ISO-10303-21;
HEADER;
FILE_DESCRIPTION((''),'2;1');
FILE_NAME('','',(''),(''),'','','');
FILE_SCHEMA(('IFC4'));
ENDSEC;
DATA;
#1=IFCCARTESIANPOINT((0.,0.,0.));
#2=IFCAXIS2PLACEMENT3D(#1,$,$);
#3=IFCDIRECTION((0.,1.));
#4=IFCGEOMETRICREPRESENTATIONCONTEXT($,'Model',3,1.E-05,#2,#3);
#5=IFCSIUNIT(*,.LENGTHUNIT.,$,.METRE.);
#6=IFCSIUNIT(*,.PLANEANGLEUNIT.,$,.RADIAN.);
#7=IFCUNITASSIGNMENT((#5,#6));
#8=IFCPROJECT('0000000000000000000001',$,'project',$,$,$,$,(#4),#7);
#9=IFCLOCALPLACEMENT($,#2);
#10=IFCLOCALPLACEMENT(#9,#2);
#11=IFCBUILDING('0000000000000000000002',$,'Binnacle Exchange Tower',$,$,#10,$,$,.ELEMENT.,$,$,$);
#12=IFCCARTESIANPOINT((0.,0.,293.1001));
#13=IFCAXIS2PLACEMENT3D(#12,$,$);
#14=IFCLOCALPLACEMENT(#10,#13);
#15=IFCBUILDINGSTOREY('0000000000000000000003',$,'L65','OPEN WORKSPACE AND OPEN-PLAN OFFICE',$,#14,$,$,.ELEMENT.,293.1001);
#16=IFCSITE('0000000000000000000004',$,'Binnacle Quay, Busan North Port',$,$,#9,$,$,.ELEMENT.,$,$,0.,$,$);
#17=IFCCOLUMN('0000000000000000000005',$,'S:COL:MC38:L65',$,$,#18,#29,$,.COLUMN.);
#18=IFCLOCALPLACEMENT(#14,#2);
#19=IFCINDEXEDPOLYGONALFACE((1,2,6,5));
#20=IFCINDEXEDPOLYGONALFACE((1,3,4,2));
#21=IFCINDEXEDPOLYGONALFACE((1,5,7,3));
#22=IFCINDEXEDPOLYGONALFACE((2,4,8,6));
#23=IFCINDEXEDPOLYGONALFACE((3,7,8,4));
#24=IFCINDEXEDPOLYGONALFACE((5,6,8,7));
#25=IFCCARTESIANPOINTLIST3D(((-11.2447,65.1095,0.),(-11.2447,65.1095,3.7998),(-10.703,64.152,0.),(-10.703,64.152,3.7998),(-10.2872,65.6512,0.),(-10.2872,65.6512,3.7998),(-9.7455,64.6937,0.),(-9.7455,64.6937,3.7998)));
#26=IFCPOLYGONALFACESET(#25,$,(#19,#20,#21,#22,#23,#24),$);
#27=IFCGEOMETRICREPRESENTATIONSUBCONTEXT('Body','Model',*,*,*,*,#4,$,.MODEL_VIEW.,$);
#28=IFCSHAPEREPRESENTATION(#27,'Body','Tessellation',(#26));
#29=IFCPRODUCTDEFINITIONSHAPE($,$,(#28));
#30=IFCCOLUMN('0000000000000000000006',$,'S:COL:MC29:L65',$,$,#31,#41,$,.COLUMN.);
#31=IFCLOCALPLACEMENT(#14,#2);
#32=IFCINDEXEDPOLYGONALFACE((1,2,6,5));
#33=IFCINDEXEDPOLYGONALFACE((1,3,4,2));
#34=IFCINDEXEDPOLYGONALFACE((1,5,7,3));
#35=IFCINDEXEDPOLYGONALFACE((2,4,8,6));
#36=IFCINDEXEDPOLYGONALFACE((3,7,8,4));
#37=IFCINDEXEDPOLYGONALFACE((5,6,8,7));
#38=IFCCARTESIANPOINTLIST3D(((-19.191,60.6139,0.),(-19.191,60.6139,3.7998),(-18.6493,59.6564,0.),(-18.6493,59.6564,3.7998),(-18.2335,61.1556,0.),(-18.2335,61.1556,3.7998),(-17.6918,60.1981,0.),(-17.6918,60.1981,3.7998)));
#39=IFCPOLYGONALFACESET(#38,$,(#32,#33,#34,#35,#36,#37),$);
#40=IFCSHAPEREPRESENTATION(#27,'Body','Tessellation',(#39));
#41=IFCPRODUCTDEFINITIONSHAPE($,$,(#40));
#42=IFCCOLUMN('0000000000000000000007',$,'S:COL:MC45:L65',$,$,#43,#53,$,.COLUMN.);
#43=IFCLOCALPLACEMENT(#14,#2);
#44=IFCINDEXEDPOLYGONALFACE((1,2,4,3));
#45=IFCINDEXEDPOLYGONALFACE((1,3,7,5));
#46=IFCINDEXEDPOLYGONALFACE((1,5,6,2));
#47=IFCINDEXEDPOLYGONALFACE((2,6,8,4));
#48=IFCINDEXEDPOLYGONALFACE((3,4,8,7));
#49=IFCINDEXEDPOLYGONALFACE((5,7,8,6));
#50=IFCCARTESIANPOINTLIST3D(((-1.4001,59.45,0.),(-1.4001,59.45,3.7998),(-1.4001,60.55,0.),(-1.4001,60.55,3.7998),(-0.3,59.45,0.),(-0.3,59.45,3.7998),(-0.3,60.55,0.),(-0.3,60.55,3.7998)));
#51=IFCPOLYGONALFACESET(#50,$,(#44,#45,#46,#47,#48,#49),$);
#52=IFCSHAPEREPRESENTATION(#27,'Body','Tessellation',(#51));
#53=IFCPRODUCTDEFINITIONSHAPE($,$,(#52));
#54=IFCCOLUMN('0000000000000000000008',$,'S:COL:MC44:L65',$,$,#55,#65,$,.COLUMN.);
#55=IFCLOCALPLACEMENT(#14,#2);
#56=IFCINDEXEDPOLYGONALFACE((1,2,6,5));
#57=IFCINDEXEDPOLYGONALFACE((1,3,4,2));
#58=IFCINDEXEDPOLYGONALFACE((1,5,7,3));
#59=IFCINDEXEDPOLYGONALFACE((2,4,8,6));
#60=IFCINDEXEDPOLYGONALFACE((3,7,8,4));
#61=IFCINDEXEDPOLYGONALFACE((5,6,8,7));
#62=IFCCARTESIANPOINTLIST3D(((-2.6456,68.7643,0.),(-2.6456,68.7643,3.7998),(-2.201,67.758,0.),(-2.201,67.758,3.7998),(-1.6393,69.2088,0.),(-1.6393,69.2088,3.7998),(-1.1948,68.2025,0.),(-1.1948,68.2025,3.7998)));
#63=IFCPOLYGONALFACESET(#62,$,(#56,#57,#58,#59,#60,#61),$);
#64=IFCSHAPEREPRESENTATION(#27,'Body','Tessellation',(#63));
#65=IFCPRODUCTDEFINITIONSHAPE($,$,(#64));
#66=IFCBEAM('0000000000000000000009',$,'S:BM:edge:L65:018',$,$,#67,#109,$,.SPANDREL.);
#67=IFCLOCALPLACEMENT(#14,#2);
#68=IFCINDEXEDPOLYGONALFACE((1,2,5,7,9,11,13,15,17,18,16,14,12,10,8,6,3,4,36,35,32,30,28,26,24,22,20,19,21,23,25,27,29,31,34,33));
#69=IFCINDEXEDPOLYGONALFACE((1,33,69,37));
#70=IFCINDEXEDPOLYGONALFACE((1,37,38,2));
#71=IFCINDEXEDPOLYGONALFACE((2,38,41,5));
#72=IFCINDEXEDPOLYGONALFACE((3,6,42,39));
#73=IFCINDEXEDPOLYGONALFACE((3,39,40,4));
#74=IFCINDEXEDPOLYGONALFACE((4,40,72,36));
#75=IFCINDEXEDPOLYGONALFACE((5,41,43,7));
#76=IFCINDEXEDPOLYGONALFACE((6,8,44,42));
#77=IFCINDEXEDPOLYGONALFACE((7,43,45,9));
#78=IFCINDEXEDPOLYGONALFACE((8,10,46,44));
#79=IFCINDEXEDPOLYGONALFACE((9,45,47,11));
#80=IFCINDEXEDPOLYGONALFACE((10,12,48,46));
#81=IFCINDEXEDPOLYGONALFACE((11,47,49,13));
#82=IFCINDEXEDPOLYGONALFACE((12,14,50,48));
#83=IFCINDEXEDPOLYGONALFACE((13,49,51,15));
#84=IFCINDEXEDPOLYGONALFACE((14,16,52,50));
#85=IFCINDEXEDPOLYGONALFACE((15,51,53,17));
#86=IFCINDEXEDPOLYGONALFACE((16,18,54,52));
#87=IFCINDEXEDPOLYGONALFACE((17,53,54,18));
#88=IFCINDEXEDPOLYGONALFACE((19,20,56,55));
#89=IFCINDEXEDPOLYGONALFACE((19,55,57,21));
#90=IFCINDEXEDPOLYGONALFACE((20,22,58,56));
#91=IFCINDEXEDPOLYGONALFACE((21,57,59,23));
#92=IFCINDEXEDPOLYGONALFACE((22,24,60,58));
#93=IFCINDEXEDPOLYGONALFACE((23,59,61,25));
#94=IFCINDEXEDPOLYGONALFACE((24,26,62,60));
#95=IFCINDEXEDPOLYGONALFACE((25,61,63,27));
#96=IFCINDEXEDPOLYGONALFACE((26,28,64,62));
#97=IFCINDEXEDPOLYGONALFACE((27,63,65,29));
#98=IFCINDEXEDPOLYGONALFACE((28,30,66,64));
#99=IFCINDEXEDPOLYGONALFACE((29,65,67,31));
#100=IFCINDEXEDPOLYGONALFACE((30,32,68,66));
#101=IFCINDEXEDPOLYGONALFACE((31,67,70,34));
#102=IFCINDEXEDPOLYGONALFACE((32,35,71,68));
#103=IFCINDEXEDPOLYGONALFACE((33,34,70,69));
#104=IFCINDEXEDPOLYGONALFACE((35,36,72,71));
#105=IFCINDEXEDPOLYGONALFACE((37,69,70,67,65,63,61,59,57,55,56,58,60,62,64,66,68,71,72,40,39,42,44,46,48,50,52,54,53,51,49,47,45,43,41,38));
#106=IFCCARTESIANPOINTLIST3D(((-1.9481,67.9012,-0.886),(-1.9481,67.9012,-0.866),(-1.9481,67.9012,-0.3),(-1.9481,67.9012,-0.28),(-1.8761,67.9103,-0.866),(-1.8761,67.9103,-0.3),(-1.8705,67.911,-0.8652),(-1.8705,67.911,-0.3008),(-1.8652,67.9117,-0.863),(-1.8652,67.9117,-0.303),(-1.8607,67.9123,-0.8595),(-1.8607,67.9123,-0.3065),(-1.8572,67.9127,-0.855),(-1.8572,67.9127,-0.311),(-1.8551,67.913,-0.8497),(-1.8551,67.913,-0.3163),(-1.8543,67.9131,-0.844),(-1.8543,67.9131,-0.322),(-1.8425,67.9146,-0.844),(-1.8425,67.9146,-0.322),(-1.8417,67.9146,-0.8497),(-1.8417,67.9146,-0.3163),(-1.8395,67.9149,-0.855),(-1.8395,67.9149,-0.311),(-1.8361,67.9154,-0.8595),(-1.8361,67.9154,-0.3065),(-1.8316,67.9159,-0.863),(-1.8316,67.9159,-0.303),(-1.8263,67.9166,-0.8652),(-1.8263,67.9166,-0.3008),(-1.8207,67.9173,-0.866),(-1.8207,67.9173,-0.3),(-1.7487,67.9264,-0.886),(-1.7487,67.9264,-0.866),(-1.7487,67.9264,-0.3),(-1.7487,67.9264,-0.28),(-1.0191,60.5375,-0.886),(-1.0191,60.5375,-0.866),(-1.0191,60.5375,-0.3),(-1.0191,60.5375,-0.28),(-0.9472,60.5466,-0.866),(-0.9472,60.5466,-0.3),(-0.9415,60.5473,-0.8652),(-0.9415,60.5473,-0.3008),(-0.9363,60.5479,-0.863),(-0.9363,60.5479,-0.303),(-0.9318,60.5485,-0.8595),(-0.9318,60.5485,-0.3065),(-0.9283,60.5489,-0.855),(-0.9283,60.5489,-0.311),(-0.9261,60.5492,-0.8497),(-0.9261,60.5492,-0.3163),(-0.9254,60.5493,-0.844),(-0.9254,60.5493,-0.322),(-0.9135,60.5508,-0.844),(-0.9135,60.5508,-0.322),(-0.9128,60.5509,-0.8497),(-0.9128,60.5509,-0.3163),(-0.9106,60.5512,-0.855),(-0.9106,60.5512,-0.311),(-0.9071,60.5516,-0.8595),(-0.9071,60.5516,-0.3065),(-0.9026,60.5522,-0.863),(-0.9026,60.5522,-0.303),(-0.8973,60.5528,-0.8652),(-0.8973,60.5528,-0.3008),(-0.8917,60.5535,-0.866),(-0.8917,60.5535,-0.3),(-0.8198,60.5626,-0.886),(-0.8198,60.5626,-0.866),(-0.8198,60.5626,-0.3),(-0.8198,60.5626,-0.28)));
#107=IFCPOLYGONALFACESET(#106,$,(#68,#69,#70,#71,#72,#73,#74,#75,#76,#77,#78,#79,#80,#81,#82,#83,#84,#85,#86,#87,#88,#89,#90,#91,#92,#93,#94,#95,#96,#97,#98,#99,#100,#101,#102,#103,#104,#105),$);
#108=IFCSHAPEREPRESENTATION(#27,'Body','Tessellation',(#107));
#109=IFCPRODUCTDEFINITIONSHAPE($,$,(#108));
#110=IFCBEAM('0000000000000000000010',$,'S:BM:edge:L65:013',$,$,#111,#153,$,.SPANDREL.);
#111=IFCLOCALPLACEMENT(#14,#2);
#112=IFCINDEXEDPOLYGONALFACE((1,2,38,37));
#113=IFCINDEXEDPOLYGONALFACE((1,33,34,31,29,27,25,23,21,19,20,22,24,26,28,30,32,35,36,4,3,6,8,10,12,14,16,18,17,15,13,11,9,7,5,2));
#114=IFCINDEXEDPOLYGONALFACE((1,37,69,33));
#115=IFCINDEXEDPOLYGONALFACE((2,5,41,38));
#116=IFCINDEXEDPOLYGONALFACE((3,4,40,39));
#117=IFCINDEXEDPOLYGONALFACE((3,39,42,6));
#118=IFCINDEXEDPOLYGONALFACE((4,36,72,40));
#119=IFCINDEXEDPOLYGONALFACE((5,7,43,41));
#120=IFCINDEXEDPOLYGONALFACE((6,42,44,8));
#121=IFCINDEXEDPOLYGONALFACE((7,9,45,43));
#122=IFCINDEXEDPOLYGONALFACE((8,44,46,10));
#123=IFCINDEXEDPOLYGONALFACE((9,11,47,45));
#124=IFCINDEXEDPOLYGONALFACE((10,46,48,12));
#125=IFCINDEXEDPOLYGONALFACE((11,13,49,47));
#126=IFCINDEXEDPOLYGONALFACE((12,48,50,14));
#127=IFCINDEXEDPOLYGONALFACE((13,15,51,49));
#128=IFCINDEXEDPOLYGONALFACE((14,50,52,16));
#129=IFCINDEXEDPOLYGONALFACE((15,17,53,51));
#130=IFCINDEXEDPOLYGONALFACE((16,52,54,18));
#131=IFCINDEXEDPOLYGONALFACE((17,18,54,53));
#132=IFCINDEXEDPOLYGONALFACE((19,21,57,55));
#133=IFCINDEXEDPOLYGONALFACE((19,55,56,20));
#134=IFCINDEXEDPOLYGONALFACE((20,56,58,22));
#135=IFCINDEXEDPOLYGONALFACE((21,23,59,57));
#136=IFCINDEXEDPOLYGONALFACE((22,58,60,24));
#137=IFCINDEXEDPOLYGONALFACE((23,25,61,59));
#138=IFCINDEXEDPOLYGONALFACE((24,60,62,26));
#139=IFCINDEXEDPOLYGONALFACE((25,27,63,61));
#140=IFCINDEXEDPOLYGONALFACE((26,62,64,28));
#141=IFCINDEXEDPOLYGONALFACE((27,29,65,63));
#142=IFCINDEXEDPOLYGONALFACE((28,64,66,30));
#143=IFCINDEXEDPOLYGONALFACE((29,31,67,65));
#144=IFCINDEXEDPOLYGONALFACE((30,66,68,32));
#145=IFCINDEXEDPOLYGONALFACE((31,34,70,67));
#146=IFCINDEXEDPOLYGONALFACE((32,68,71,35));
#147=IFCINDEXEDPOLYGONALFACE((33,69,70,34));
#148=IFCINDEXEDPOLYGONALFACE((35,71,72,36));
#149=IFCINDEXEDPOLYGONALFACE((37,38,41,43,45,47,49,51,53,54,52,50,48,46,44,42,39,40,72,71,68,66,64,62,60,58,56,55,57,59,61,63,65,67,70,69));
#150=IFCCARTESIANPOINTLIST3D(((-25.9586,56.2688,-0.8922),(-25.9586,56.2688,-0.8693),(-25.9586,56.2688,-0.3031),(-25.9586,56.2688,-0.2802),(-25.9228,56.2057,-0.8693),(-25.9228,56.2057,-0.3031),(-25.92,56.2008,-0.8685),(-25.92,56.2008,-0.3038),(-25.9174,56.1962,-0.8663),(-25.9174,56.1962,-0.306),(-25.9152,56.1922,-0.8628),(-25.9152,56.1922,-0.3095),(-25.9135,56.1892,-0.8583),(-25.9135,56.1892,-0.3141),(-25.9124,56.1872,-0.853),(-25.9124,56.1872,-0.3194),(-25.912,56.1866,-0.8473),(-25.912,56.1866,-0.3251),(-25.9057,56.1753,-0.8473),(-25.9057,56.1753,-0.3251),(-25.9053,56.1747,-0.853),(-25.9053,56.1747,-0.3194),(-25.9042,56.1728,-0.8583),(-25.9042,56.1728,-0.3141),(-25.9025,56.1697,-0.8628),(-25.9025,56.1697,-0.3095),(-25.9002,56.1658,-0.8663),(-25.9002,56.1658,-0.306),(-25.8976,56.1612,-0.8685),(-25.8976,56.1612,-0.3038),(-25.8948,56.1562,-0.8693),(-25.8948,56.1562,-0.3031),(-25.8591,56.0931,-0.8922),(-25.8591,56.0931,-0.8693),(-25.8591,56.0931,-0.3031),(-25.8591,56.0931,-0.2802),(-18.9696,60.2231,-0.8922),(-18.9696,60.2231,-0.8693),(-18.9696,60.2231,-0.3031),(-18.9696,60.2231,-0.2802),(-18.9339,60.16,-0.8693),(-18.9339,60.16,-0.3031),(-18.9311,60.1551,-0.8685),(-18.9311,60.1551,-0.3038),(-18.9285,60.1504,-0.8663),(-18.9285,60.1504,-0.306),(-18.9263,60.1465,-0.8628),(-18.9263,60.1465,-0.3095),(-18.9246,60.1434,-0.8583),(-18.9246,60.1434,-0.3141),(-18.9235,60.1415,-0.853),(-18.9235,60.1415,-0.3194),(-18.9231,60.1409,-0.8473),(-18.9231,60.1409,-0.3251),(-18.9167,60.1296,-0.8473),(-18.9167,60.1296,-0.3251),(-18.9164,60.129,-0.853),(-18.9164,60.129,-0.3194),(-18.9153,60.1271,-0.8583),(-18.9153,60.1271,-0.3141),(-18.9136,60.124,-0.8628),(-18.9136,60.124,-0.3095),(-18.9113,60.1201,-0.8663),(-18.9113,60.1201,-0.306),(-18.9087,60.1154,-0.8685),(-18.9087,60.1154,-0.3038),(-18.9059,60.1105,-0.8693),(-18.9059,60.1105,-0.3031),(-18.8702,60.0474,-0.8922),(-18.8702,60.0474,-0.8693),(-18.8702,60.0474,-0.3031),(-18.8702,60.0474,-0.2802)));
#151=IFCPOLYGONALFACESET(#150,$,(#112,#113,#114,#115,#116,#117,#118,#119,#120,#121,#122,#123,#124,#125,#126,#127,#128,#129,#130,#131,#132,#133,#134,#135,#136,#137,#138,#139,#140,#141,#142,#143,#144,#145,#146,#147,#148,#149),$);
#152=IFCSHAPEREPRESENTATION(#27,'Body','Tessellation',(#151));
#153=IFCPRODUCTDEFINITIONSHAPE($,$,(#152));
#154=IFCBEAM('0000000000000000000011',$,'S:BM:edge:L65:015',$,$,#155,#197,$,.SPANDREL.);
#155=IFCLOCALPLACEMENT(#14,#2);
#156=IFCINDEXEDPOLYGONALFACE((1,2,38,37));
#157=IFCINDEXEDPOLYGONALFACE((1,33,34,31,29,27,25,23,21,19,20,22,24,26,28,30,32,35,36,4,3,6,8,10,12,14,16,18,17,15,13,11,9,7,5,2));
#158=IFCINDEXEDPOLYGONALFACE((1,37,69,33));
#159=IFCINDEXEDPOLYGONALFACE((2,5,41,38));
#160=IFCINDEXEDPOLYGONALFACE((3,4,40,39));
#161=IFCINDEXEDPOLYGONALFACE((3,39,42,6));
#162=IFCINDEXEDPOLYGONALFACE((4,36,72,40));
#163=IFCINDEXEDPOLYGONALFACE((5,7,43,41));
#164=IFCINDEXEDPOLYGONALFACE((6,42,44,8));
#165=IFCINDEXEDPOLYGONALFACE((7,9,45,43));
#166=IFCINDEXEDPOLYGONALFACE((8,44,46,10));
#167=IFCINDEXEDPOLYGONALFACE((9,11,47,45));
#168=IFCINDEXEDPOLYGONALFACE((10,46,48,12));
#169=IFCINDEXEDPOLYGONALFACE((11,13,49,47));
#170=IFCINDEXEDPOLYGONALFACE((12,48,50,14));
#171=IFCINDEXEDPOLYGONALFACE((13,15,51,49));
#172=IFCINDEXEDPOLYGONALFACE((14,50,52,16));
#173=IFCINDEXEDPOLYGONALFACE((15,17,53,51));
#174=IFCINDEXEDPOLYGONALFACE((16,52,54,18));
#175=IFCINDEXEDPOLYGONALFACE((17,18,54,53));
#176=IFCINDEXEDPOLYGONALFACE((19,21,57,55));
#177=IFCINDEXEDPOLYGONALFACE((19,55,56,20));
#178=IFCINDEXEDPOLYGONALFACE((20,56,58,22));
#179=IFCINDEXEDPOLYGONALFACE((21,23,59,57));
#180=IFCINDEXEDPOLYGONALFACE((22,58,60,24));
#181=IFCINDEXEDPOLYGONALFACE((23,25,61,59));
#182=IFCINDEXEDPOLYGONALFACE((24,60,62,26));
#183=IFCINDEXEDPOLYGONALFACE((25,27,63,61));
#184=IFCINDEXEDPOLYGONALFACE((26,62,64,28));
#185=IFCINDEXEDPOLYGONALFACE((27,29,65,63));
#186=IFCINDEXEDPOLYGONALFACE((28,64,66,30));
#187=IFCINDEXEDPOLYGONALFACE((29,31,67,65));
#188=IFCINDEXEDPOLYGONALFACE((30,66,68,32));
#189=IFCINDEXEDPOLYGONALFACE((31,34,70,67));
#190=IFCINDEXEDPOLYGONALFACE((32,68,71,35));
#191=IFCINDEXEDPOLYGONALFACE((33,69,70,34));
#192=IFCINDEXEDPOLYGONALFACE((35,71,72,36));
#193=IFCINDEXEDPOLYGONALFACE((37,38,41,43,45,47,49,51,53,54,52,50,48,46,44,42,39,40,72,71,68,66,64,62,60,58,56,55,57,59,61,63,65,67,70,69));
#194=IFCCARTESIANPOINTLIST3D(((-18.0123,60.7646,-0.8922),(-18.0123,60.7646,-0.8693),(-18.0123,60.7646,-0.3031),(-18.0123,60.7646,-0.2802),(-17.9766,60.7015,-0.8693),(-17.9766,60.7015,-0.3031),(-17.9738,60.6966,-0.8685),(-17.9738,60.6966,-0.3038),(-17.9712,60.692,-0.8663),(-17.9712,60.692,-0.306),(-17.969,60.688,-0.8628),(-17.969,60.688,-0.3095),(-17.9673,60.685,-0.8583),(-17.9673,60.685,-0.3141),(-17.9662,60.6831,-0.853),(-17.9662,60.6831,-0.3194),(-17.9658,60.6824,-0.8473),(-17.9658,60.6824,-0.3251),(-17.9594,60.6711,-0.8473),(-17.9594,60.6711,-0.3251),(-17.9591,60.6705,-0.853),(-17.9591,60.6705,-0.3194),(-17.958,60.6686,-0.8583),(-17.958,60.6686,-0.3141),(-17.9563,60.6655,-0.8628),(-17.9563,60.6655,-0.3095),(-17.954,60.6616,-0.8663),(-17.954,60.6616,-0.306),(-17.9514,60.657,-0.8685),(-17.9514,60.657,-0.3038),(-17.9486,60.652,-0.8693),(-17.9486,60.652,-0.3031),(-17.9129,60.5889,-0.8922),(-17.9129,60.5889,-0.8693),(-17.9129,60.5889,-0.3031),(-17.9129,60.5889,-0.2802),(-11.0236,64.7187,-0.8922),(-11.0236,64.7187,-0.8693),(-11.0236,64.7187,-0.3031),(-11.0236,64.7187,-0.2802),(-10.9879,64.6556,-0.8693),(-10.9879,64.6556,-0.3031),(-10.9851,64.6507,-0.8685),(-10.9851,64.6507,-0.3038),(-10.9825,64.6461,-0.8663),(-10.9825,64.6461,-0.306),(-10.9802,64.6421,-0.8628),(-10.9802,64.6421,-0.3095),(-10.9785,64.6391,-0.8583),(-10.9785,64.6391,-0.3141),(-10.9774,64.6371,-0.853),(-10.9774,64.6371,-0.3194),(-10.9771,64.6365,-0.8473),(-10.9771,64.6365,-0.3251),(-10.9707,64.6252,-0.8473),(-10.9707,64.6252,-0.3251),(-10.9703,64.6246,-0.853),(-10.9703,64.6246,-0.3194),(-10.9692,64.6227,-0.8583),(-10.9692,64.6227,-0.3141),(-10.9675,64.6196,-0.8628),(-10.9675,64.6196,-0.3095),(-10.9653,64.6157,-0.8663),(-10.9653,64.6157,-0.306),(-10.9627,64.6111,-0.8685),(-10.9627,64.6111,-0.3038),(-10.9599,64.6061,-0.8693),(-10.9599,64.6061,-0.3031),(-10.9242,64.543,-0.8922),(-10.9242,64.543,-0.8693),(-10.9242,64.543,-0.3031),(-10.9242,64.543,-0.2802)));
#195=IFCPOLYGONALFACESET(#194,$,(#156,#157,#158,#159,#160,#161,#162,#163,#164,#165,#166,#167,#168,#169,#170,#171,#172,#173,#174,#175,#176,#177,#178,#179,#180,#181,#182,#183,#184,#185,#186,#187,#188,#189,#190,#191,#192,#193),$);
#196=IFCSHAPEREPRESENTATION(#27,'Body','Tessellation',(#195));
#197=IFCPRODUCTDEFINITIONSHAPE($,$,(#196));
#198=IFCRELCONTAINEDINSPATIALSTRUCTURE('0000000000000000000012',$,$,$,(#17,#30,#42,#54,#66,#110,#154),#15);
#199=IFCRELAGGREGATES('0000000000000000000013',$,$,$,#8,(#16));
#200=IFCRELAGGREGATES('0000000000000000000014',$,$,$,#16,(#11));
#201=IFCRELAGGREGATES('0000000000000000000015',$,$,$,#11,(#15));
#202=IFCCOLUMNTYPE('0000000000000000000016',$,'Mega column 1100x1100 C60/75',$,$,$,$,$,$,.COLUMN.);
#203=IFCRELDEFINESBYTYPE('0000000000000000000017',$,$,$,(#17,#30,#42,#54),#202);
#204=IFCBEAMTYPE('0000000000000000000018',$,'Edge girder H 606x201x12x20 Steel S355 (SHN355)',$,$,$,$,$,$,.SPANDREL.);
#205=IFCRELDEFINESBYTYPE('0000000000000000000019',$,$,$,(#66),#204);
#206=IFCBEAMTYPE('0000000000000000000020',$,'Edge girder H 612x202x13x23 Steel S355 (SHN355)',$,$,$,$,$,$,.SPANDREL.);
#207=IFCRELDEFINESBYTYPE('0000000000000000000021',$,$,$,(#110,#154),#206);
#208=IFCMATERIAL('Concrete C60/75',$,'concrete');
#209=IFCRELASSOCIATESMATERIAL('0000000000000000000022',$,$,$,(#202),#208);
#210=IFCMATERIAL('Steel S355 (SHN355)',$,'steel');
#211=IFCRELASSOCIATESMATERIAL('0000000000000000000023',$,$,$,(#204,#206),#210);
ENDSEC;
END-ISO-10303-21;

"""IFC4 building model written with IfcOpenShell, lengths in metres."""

from ifc_helpers import new_model, si_unit, direction, frame, origin, origin_2d, place, context, subcontext, project, spatial, rectangle, i_section, extrude, material, material_profile, profile_set, type_object, element, save


model = new_model("IFC4")

# Units and contexts
model_context = context("Model", 3, precision=1e-05, world=origin(), true_north=direction((0.0, 1.0)))
body_context = subcontext(model_context, "Body", "Model", "MODEL_VIEW")
ifc_project = project(units=[si_unit("LENGTHUNIT", "METRE"), si_unit("PLANEANGLEUNIT", "RADIAN")], contexts=[model_context])

# Site, building, storey
site_placement = place(None, origin())
site = spatial("IfcSite", under=ifc_project, at=site_placement, Name="Binnacle Quay, Busan North Port", CompositionType="ELEMENT", RefElevation=0.0)
building_placement = place(site_placement, origin())
building = spatial("IfcBuilding", under=site, at=building_placement, Name="Binnacle Exchange Tower", CompositionType="ELEMENT")
storey_placement = place(building_placement, frame((0.0, 0.0, 293.1001)))
storey = spatial("IfcBuildingStorey", under=building, at=storey_placement, Name="L65", Description="OPEN WORKSPACE AND OPEN-PLAN OFFICE", CompositionType="ELEMENT", Elevation=293.1001)

# Columns
ifc_material_1 = material(Name="Concrete C60/75", Category="concrete")
ifc_material_profile_1 = material_profile(ifc_material_1, rectangle(XDim=1.1001, YDim=1.1001, at=origin_2d()), Name="Mega column 1100x1100 C60/75")
ifc_profile_set_1 = profile_set([ifc_material_profile_1], Name="Concrete C60/75")
column_type = type_object("IfcColumnType", Name="Mega column 1100x1100 C60/75", PredefinedType="COLUMN", material=ifc_profile_set_1)
for number, where, z_axis, x_axis, name in (
    (1, (-10.4951, 64.9016, 0.0), (0.0, 0.0, 1.0), (-0.870356, -0.492424, 0.0), "S:COL:MC38:L65"),
    (2, (-18.4414, 60.406, 0.0), (0.0, 0.0, 1.0), (-0.870356, -0.492424, 0.0), "S:COL:MC29:L65"),
    (3, (-0.8501, 60.0, 0.0), (0.0, 0.0, 1.0), (0.0, 1.0, 0.0), "S:COL:MC45:L65"),
    (4, (-1.9202, 68.4834, 0.0), (0.0, 0.0, 1.0), (-0.914713, -0.404104, 0.0), "S:COL:MC44:L65"),
):
    element("IfcColumn", number, at=place(storey_placement, frame(where, z_axis=z_axis, x_axis=x_axis)), inside=storey, type_object=column_type, Name=name, PredefinedType="COLUMN", context=body_context, shape_type="SweptSolid", body=[
        extrude(rectangle(XDim=1.1001, YDim=1.1001, at=origin_2d()), origin(), (0.0, 0.0, 1.0), 3.7998),
    ])

# Beams
ifc_material_2 = material(Name="Steel S355 (SHN355)", Category="steel")
ifc_material_profile_2 = material_profile(ifc_material_2, i_section(OverallWidth=0.2009, OverallDepth=0.606, WebThickness=0.012, FlangeThickness=0.02, FilletRadius=0.022, at=origin_2d()), Name="H 606x201x12x20")
ifc_profile_set_2 = profile_set([ifc_material_profile_2], Name="Steel S355 (SHN355)")
beam_type_1 = type_object("IfcBeamType", Name="Edge girder H 606x201x12x20 Steel S355 (SHN355)", PredefinedType="SPANDREL", material=ifc_profile_set_2)
beam_1_placement = place(storey_placement, frame((-0.9194, 60.55, -0.583), z_axis=(-0.12516, 0.992137, 0.0), x_axis=(-0.992137, -0.12516, 0.0)))
element("IfcBeam", 5, at=beam_1_placement, inside=storey, type_object=beam_type_1, Name="S:BM:edge:L65:018", PredefinedType="SPANDREL", context=body_context, shape_type="SweptSolid", body=[
    extrude(i_section(OverallWidth=0.2009, OverallDepth=0.606, WebThickness=0.012, FlangeThickness=0.02, FilletRadius=0.022, at=origin_2d()), origin(), (0.0, 0.0, 1.0), 7.4221),
])
ifc_material_profile_3 = material_profile(ifc_material_2, i_section(OverallWidth=0.2019, OverallDepth=0.6121, WebThickness=0.0129, FlangeThickness=0.0229, FilletRadius=0.022, at=origin_2d()), Name="H 612x202x13x23")
ifc_profile_set_3 = profile_set([ifc_material_profile_3], Name="Steel S355 (SHN355)")
beam_type_2 = type_object("IfcBeamType", Name="Edge girder H 612x202x13x23 Steel S355 (SHN355)", PredefinedType="SPANDREL", material=ifc_profile_set_3)
beam_2_placement = place(storey_placement, frame((-18.9199, 60.1353, -0.5862), z_axis=(-0.870348, -0.492438, 0.0), x_axis=(0.492438, -0.870348, 0.0)))
element("IfcBeam", 6, at=beam_2_placement, inside=storey, type_object=beam_type_2, Name="S:BM:edge:L65:013", PredefinedType="SPANDREL", context=body_context, shape_type="SweptSolid", body=[
    extrude(i_section(OverallWidth=0.2019, OverallDepth=0.6121, WebThickness=0.0129, FlangeThickness=0.0229, FilletRadius=0.022, at=origin_2d()), origin(), (0.0, 0.0, 1.0), 8.03),
])
beam_3_placement = place(storey_placement, frame((-10.9739, 64.6309, -0.5862), z_axis=(-0.870353, -0.492428, 0.0), x_axis=(0.492428, -0.870353, 0.0)))
element("IfcBeam", 7, at=beam_3_placement, inside=storey, type_object=beam_type_2, Name="S:BM:edge:L65:015", PredefinedType="SPANDREL", context=body_context, shape_type="SweptSolid", body=[
    extrude(i_section(OverallWidth=0.2019, OverallDepth=0.6121, WebThickness=0.0129, FlangeThickness=0.0229, FilletRadius=0.022, at=origin_2d()), origin(), (0.0, 0.0, 1.0), 8.0298),
])

save(model, "model.ifc")
